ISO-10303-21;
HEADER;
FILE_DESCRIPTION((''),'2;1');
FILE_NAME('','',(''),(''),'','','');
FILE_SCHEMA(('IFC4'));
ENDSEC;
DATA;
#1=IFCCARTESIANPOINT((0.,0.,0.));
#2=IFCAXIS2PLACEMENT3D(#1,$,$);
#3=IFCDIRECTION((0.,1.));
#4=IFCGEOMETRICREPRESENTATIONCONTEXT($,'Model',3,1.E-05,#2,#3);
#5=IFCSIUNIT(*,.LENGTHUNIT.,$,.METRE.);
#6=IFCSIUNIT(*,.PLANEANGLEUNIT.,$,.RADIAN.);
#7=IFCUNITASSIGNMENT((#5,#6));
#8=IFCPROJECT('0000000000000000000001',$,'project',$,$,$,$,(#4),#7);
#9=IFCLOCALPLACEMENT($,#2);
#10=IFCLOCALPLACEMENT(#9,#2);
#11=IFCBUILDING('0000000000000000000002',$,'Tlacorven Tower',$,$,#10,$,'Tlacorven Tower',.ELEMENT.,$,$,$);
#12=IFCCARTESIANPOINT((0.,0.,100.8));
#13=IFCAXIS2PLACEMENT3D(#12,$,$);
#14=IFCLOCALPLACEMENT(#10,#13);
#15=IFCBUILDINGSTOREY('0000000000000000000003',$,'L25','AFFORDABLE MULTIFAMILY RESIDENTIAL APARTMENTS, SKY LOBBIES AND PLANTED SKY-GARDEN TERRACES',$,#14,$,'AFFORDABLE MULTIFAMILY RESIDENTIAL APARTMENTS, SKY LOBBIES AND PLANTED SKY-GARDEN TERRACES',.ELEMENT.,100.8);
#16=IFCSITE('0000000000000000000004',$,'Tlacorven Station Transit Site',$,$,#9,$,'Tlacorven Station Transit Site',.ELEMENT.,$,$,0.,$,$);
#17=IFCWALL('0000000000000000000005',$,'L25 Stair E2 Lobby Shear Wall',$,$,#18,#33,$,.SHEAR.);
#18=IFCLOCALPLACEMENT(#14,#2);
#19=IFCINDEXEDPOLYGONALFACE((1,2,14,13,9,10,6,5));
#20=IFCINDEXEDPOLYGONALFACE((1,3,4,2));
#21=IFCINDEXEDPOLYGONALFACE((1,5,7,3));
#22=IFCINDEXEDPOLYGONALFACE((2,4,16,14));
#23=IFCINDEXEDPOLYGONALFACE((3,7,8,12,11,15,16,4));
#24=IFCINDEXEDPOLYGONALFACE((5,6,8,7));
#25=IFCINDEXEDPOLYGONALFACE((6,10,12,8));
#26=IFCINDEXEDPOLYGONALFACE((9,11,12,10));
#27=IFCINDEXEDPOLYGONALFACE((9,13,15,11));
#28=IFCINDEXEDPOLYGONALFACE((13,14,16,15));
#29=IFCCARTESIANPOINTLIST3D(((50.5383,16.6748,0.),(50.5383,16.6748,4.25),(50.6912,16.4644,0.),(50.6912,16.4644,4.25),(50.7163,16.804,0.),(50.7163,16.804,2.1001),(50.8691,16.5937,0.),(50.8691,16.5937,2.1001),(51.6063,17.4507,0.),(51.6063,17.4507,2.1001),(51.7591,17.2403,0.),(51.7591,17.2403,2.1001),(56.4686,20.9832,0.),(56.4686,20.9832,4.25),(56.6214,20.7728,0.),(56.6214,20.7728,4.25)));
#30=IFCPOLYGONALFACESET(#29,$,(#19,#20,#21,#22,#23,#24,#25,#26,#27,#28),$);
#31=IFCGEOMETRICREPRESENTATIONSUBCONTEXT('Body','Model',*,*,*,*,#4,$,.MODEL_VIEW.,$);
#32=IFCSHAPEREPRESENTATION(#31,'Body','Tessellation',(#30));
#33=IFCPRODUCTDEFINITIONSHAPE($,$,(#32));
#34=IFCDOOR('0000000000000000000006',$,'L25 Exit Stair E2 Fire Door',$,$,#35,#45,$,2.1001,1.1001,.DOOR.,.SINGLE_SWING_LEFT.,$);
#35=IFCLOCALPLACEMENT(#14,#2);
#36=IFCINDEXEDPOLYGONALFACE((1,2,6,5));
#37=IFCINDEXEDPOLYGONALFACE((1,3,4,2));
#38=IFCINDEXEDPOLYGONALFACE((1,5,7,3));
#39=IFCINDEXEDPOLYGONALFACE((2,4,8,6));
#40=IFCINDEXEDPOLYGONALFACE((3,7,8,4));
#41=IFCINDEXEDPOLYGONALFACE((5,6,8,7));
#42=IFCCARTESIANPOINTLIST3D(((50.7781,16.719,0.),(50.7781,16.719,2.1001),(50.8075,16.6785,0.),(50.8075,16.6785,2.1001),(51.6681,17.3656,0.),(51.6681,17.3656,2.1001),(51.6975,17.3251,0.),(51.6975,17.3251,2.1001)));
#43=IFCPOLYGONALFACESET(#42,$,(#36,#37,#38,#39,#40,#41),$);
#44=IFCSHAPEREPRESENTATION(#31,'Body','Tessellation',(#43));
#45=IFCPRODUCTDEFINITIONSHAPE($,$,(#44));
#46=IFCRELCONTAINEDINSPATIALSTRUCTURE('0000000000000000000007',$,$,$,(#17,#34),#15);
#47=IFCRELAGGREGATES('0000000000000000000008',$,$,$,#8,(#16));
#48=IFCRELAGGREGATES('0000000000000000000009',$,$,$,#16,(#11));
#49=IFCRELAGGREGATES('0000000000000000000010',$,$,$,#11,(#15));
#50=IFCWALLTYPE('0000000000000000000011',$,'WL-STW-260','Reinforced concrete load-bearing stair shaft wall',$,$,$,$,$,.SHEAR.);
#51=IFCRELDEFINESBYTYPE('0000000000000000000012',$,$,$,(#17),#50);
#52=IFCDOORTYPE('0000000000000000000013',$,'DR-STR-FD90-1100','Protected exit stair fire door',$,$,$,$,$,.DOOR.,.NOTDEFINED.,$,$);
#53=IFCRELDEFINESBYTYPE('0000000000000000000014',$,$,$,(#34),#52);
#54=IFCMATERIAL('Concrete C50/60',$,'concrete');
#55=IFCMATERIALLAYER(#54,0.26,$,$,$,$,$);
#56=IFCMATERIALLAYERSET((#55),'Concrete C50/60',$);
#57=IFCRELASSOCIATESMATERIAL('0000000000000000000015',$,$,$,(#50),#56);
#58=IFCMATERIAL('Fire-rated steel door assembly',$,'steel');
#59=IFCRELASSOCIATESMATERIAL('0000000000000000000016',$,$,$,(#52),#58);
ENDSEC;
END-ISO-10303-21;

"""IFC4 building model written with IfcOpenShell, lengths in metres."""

from ifc_helpers import new_model, si_unit, direction, frame, frame_2d, origin, place, context, subcontext, project, spatial, rectangle, extrude, source, transform, mapped, material, layer, layer_set, type_object, element, fill, save


model = new_model("IFC4")

# Units and contexts
model_context = context("Model", 3, precision=1e-05, world=origin(), true_north=direction((0.0, 1.0)))
body_context = subcontext(model_context, "Body", "Model", "MODEL_VIEW")
ifc_project = project(units=[si_unit("LENGTHUNIT", "METRE"), si_unit("PLANEANGLEUNIT", "RADIAN")], contexts=[model_context])

# Site, building, storey
site_placement = place(None, origin())
site = spatial("IfcSite", under=ifc_project, at=site_placement, Name="Tlacorven Station Transit Site", LongName="Tlacorven Station Transit Site", CompositionType="ELEMENT", RefElevation=0.0)
building_placement = place(site_placement, origin())
building = spatial("IfcBuilding", under=site, at=building_placement, Name="Tlacorven Tower", LongName="Tlacorven Tower", CompositionType="ELEMENT")
storey_placement = place(building_placement, frame((0.0, 0.0, 100.8)))
storey = spatial("IfcBuildingStorey", under=building, at=storey_placement, Name="L25", Description="AFFORDABLE MULTIFAMILY RESIDENTIAL APARTMENTS, SKY LOBBIES AND PLANTED SKY-GARDEN TERRACES", LongName="AFFORDABLE MULTIFAMILY RESIDENTIAL APARTMENTS, SKY LOBBIES AND PLANTED SKY-GARDEN TERRACES", CompositionType="ELEMENT", Elevation=100.8)

# Shared definitions
ifc_material_1 = material(Name="Fire-rated steel door assembly", Category="steel")

# Wall, opening, door
ifc_material_2 = material(Name="Concrete C50/60", Category="concrete")
ifc_layer_1 = layer(ifc_material_2, 0.26)
ifc_layer_set_1 = layer_set([ifc_layer_1], Name="Concrete C50/60")
wall_type_1 = type_object("IfcWallType", Name="WL-STW-260", Description="Reinforced concrete load-bearing stair shaft wall", PredefinedType="SHEAR", material=ifc_layer_set_1)
wall_1_placement = place(storey_placement, frame((50.6147, 16.5696, 0.0), z_axis=(0.0, 0.0, 1.0), x_axis=(0.809028, 0.58777, 0.0)))
wall_1 = element("IfcWall", 1, at=wall_1_placement, inside=storey, type_object=wall_type_1, Name="L25 Stair E2 Lobby Shear Wall", PredefinedType="SHEAR", context=body_context, shape_type="SweptSolid", body=[
    extrude(rectangle(XDim=7.3301, YDim=0.26, at=frame_2d((3.665, 0.0))), origin(), (0.0, 0.0, 1.0), 4.25),
])
opening_1_placement = place(wall_1_placement, frame((0.22, 0.0, 0.0)))
opening_1 = element("IfcOpeningElement", 2, at=opening_1_placement, cuts=wall_1, PredefinedType="OPENING", context=body_context, shape_type="SweptSolid", body=[
    extrude(rectangle(XDim=1.1001, YDim=2.1001, at=frame_2d((0.55, 1.05))), frame((0.0, 0.1401, 0.0), z_axis=(0.0, -1.0, 0.0), x_axis=(1.0, 0.0, 0.0)), (0.0, 0.0, 1.0), 0.28),
])
door_type_1 = type_object("IfcDoorType", Name="DR-STR-FD90-1100", Description="Protected exit stair fire door", OperationType="NOTDEFINED", PredefinedType="DOOR", material=ifc_material_1)
shared_shape_1 = source(origin(), body_context, "Body", "SweptSolid", [
    extrude(rectangle(XDim=1.1001, YDim=2.1001, at=frame_2d((0.55, 1.05))), frame((0.0, 0.0249, 0.0), z_axis=(0.0, -1.0, 0.0), x_axis=(1.0, 0.0, 0.0)), (0.0, 0.0, 1.0), 0.05),
])
door_1_placement = place(opening_1_placement, origin())
door_1 = element("IfcDoor", 3, at=door_1_placement, inside=storey, type_object=door_type_1, Name="L25 Exit Stair E2 Fire Door", OperationType="SINGLE_SWING_LEFT", OverallHeight=2.1001, OverallWidth=1.1001, PredefinedType="DOOR", context=body_context, shape_type="MappedRepresentation", body=[
    mapped(shared_shape_1, transform((0.0, 0.0, 0.0), scale=1.0)),
])
fill(opening_1, door_1)

save(model, "model.ifc")
